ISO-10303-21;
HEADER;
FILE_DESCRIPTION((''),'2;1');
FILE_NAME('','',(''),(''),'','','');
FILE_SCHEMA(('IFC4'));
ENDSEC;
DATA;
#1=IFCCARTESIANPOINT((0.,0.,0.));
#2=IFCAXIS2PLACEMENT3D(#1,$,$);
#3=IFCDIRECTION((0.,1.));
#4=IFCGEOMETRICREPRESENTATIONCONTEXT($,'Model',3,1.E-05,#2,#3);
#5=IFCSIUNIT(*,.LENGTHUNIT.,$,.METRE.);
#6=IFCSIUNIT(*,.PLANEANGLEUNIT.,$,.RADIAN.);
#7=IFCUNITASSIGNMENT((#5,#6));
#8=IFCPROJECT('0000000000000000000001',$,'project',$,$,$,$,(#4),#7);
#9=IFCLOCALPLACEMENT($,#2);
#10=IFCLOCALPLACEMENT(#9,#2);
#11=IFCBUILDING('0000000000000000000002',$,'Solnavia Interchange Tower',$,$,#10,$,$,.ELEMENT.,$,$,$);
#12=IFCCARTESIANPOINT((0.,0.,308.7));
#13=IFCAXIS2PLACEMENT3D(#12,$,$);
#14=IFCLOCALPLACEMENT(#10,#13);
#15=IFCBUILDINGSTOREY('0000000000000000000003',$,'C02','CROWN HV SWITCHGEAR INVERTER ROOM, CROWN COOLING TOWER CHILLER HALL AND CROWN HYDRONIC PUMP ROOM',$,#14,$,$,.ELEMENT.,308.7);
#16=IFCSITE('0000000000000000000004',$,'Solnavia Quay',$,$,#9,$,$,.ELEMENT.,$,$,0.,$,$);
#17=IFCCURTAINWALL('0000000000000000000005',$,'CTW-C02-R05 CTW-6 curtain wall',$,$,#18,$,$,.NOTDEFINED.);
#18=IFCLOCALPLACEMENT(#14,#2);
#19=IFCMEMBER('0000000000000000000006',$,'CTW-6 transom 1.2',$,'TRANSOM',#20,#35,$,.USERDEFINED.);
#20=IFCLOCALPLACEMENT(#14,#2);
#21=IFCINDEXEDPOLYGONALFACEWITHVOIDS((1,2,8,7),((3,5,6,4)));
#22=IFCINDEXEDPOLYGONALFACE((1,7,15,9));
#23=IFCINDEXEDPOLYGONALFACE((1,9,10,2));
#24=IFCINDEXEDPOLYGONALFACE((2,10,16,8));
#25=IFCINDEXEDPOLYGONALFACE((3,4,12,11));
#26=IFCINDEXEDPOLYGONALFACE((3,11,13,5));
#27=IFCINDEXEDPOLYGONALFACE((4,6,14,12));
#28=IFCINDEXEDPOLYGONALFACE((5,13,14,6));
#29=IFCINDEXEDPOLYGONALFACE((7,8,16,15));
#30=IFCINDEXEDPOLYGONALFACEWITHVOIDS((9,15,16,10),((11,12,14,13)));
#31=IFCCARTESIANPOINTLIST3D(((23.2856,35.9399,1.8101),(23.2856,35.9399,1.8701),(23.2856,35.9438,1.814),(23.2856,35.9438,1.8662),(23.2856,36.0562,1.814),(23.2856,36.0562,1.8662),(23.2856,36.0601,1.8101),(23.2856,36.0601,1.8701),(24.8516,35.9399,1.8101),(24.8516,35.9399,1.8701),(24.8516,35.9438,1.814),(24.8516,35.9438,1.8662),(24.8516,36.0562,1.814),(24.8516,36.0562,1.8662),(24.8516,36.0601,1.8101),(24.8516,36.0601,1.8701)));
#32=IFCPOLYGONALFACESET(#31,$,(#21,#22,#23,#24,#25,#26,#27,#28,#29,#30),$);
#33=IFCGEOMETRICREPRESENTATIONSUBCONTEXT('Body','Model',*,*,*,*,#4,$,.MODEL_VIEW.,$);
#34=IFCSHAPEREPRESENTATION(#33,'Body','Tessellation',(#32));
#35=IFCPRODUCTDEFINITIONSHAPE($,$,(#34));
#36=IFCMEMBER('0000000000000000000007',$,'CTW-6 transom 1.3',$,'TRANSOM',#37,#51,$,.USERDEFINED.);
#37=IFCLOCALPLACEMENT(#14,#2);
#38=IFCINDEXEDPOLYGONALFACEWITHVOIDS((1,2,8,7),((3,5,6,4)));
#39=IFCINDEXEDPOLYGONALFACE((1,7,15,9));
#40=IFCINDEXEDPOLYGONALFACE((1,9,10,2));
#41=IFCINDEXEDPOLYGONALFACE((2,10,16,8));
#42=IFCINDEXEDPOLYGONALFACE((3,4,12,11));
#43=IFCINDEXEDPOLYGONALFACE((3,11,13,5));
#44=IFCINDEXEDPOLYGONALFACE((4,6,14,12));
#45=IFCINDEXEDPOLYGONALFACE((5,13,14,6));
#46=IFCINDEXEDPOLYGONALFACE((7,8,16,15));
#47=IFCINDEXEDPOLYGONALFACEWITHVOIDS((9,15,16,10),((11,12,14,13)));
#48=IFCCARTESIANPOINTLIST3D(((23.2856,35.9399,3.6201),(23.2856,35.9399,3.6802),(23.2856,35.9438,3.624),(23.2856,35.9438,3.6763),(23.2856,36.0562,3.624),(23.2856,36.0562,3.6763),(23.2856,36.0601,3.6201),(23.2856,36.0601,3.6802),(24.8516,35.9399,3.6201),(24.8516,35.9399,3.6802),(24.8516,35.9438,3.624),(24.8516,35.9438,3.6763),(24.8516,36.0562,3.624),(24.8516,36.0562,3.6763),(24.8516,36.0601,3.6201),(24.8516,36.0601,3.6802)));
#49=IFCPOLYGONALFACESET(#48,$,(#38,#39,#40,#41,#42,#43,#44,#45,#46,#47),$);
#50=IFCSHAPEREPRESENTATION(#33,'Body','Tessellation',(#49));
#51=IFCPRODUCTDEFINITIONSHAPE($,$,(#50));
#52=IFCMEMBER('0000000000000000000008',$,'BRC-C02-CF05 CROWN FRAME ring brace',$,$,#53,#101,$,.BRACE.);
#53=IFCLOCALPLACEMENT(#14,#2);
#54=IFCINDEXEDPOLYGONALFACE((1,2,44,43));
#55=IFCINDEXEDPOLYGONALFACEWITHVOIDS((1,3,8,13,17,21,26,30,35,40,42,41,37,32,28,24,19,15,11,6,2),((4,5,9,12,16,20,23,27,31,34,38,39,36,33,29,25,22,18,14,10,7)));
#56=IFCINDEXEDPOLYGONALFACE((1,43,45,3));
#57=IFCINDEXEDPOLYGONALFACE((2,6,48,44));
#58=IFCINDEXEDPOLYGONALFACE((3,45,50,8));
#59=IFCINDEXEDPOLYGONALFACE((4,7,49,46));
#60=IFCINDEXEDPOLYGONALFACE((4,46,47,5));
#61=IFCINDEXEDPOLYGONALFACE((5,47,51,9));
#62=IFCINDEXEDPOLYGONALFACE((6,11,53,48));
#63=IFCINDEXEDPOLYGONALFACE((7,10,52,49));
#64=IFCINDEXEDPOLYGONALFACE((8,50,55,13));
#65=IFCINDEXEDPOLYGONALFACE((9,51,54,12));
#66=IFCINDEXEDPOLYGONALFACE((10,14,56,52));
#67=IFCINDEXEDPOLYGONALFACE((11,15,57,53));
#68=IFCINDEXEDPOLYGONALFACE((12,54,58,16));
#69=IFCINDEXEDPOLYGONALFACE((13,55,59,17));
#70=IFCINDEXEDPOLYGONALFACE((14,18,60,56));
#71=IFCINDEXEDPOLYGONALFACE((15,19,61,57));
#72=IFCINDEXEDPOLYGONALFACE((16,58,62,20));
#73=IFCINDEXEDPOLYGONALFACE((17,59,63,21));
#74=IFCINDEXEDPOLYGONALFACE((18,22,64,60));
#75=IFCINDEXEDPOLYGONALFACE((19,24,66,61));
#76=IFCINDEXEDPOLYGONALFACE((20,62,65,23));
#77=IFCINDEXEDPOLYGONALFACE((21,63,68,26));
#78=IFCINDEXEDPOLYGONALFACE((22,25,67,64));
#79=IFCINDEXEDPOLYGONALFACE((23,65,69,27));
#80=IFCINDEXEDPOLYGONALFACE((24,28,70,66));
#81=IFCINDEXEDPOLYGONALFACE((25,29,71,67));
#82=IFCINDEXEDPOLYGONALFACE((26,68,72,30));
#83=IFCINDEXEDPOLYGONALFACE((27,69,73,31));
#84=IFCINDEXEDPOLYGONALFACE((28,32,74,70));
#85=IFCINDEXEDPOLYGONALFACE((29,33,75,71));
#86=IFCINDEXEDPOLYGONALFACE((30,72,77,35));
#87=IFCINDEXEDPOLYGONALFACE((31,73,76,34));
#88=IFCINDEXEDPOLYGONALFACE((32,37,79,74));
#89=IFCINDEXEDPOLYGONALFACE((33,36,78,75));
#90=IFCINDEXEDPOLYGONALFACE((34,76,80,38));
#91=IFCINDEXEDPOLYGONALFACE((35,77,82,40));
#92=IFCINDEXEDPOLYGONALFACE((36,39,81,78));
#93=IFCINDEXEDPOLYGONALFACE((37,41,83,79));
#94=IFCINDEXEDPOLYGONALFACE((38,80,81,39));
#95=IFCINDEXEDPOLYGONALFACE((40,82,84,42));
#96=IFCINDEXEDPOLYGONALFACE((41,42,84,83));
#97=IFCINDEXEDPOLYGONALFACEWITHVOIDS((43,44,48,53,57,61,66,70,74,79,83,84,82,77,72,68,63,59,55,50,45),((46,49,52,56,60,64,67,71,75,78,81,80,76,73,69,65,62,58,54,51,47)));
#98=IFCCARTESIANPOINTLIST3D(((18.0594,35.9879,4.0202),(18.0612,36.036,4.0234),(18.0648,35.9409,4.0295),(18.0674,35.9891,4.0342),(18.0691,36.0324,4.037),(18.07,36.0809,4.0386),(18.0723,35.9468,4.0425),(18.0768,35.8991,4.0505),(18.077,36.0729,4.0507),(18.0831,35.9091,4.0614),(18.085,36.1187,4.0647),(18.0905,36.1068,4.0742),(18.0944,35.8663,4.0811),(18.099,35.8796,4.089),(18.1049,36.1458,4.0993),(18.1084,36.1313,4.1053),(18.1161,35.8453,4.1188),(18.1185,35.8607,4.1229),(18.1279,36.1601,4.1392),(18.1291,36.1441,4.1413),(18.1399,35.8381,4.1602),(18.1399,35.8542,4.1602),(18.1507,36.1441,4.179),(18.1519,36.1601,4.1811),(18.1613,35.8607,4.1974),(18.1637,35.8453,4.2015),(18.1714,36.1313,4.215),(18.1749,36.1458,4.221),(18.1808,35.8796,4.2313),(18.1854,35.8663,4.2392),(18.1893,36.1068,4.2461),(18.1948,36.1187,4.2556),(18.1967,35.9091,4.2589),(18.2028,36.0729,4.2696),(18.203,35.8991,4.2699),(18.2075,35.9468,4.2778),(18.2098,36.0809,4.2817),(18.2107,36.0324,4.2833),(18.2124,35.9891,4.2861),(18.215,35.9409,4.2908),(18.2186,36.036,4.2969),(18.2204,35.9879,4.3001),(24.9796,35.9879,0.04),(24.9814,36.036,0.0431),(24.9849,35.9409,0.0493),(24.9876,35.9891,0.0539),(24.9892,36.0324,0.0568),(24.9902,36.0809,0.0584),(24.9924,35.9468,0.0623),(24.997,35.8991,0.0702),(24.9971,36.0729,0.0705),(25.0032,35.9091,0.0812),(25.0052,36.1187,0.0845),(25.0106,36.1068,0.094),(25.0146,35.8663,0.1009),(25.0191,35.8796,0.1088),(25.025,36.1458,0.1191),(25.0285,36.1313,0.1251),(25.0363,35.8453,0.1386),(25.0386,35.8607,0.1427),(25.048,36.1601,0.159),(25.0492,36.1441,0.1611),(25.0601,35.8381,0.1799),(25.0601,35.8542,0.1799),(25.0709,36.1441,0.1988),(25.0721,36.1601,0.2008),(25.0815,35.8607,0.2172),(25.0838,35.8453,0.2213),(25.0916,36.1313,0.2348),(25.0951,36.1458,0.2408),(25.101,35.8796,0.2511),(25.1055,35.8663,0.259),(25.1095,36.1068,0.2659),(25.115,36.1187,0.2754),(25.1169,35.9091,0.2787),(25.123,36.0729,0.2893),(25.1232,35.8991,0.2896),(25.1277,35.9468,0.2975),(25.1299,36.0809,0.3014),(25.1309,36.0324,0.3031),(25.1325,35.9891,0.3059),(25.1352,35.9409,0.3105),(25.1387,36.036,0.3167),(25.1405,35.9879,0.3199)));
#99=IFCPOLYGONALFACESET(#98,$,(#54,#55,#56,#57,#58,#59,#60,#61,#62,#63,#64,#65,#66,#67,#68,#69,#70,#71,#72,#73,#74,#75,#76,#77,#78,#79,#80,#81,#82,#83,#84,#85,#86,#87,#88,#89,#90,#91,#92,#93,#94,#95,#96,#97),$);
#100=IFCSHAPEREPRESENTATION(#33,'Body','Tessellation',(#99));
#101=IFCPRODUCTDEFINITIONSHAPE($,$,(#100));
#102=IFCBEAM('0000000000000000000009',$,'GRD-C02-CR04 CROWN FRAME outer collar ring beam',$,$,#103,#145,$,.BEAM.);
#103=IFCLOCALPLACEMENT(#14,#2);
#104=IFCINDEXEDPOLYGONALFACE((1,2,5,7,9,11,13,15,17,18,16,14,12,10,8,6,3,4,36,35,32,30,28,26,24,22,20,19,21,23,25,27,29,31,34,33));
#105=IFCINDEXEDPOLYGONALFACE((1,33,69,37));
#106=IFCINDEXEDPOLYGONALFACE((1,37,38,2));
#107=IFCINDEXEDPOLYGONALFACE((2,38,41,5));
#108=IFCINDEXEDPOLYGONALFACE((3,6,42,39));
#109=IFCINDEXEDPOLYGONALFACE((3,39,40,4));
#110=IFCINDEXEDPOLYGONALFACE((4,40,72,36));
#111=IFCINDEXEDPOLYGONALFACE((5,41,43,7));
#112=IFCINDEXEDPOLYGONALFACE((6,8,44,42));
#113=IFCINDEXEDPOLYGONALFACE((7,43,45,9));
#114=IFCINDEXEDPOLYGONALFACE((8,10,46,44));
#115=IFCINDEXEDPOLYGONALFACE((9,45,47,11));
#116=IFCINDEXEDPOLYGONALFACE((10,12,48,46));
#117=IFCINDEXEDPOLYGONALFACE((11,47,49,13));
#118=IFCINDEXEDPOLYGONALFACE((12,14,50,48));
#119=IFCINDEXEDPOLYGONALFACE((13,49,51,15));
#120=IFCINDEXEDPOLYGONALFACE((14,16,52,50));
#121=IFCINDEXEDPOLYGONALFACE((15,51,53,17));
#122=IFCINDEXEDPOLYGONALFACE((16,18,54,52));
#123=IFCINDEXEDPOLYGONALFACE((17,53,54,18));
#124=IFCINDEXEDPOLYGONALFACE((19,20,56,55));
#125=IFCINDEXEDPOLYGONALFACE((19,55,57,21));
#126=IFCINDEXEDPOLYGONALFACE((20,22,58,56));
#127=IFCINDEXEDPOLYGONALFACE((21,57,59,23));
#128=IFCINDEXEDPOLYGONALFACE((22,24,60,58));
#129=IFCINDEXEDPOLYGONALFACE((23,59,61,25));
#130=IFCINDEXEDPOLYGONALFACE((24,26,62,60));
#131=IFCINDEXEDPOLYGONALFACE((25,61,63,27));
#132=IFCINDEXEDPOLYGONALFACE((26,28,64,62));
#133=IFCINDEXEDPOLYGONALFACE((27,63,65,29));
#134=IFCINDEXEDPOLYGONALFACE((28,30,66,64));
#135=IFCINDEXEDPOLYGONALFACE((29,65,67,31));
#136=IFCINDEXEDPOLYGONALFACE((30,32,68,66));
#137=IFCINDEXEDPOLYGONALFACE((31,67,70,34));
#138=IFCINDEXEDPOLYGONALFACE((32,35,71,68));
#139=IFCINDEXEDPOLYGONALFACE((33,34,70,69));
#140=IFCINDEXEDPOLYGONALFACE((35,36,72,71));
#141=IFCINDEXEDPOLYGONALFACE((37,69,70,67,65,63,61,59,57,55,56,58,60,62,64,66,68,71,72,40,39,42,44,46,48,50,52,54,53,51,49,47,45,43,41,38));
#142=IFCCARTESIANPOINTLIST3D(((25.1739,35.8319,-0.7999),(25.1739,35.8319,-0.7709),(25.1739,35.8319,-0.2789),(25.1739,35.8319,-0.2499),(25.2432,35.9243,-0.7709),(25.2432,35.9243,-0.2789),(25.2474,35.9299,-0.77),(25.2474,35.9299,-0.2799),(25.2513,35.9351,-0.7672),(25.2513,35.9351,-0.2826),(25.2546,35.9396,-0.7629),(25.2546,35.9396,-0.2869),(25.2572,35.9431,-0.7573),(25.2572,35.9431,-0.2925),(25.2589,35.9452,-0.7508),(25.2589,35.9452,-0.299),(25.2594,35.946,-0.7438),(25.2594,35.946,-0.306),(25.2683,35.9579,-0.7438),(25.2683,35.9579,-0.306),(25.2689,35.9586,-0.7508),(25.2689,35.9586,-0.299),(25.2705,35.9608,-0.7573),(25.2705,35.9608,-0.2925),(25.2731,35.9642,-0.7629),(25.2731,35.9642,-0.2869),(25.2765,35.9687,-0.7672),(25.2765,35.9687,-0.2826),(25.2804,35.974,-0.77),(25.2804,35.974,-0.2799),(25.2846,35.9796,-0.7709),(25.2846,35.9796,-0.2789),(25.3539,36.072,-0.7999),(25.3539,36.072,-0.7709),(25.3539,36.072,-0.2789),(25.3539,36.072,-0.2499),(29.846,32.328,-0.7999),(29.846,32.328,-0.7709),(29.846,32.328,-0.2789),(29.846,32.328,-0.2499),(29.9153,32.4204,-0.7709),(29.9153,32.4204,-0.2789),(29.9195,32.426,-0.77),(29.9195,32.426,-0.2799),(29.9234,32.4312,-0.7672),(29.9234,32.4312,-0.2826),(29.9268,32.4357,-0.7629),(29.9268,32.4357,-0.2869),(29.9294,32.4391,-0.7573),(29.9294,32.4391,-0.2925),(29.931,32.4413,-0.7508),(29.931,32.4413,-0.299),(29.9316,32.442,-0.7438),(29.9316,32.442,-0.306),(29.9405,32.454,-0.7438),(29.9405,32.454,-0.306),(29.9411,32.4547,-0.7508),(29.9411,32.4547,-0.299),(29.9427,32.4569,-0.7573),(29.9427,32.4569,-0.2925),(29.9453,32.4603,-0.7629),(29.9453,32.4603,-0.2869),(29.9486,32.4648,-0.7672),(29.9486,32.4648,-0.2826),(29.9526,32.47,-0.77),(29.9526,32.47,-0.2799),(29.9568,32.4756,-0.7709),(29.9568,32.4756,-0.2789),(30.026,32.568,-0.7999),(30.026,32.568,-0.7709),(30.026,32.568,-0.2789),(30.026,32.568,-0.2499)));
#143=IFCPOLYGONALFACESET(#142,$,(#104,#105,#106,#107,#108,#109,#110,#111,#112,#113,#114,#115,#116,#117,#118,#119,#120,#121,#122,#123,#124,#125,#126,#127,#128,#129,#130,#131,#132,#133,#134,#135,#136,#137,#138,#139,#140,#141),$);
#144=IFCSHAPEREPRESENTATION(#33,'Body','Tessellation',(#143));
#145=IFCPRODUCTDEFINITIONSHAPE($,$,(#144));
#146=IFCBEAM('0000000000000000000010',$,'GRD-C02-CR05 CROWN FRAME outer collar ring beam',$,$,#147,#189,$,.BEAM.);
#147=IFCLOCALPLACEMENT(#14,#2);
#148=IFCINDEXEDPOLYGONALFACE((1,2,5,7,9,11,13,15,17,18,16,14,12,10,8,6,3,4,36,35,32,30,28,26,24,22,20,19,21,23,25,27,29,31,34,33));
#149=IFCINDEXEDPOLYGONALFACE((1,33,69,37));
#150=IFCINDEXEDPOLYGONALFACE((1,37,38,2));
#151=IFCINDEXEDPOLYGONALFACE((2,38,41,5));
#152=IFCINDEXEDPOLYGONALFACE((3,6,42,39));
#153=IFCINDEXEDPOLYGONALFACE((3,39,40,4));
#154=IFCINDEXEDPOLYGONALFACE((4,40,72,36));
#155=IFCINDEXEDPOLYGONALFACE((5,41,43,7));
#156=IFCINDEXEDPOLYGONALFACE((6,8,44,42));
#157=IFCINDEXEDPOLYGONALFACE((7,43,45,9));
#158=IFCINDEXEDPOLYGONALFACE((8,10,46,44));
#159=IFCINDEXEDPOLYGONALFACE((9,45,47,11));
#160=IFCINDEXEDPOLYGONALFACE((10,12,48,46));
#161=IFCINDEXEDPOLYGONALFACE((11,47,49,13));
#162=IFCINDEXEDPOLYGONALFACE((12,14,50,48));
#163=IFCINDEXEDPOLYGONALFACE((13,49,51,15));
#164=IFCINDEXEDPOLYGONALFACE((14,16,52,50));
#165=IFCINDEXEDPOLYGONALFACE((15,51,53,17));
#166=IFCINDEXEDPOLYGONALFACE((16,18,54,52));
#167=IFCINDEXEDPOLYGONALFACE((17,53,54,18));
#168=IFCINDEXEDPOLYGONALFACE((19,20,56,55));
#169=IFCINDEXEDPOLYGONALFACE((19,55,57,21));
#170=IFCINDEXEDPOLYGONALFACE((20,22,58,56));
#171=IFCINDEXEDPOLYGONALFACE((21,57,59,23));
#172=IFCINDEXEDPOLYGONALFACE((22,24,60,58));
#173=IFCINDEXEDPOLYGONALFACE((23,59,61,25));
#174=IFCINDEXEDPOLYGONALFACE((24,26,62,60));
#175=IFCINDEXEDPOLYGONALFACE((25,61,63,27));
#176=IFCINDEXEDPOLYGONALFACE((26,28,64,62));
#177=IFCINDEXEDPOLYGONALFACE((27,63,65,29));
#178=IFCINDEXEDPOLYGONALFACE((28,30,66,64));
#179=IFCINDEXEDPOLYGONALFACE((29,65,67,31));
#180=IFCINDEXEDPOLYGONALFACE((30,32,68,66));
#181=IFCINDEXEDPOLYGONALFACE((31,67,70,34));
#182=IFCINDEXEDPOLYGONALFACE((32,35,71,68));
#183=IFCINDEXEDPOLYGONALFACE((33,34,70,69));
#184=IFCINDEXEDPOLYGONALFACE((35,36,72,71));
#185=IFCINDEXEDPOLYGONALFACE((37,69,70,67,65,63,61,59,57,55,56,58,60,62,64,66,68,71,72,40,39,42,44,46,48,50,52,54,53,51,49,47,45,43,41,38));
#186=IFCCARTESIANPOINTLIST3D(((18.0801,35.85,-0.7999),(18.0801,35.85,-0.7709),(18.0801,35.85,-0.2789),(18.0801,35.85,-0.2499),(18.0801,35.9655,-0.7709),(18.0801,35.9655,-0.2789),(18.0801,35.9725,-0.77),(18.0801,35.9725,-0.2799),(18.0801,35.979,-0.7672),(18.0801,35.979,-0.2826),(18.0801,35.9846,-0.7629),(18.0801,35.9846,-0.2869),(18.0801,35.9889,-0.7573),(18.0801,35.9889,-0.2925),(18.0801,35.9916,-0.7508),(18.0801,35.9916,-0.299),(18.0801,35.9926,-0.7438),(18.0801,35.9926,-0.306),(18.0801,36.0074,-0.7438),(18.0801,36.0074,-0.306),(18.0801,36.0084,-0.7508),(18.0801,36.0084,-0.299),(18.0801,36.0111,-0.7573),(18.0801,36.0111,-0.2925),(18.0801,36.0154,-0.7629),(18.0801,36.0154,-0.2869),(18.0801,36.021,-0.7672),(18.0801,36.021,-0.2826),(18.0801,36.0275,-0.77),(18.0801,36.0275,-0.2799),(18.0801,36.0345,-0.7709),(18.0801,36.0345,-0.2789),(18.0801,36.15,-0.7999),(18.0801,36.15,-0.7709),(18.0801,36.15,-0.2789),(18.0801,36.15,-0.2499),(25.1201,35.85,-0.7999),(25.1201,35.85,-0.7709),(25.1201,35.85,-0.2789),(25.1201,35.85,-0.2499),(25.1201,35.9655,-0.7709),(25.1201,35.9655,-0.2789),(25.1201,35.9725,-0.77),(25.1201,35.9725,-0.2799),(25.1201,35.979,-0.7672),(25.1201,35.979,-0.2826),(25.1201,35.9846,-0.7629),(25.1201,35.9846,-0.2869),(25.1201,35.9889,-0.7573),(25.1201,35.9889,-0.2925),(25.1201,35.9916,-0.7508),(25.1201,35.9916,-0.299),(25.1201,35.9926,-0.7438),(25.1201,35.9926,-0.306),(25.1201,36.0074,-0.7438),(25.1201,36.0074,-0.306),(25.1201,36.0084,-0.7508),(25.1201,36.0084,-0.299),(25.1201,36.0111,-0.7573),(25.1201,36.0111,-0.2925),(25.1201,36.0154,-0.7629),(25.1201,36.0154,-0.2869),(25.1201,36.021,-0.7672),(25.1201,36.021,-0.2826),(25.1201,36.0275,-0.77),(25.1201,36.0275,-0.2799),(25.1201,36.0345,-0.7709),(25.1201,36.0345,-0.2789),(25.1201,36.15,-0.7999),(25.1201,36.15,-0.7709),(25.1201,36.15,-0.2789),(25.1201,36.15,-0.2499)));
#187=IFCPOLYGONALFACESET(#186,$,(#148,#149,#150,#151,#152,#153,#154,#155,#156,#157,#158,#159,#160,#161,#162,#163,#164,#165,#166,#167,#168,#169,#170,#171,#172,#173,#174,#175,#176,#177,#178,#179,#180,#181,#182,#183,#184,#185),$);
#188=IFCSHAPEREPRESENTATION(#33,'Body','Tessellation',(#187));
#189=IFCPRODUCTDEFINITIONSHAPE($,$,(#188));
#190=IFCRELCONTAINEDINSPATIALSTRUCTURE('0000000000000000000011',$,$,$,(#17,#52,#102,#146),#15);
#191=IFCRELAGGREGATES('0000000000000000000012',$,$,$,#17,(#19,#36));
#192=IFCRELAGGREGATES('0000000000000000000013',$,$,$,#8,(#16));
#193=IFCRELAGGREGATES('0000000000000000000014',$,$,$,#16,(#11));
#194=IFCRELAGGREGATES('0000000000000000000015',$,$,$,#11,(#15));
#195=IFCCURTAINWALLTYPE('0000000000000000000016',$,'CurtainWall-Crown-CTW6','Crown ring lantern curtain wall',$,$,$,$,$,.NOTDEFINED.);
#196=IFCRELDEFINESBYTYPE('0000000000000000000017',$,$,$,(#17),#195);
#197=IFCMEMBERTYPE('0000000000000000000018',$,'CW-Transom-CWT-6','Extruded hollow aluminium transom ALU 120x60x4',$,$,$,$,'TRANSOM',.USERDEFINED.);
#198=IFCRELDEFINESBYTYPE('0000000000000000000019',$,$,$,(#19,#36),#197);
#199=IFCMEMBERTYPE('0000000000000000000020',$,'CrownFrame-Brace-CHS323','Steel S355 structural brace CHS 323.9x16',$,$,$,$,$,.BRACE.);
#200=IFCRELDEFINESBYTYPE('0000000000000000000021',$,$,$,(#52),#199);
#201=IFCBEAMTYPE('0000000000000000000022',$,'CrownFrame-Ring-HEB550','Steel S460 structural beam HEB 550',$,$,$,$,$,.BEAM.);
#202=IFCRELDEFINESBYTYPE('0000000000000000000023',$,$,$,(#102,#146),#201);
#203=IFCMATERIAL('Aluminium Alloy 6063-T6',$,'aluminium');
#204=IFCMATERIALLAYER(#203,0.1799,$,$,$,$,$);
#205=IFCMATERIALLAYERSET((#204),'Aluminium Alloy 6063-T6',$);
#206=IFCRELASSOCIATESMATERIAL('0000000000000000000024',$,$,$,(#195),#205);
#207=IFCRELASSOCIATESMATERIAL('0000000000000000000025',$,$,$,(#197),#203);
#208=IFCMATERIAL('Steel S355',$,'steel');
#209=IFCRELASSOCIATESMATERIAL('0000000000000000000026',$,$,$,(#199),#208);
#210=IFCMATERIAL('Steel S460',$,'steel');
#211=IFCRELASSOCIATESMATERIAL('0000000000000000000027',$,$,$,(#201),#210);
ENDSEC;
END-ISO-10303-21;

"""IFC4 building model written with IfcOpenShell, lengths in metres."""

from ifc_helpers import new_model, si_unit, direction, frame, origin, origin_2d, place, context, subcontext, project, spatial, hollow_rectangle, hollow_circle, i_section, extrude, material, layer, layer_set, material_profile, profile_set, type_object, element, aggregate, save


model = new_model("IFC4")

# Units and contexts
model_context = context("Model", 3, precision=1e-05, world=origin(), true_north=direction((0.0, 1.0)))
body_context = subcontext(model_context, "Body", "Model", "MODEL_VIEW")
ifc_project = project(units=[si_unit("LENGTHUNIT", "METRE"), si_unit("PLANEANGLEUNIT", "RADIAN")], contexts=[model_context])

# Site, building, storey
site_placement = place(None, origin())
site = spatial("IfcSite", under=ifc_project, at=site_placement, Name="Solnavia Quay", CompositionType="ELEMENT", RefElevation=0.0)
building_placement = place(site_placement, origin())
building = spatial("IfcBuilding", under=site, at=building_placement, Name="Solnavia Interchange Tower", CompositionType="ELEMENT")
storey_placement = place(building_placement, frame((0.0, 0.0, 308.7)))
storey = spatial("IfcBuildingStorey", under=building, at=storey_placement, Name="C02", Description="CROWN HV SWITCHGEAR INVERTER ROOM, CROWN COOLING TOWER CHILLER HALL AND CROWN HYDRONIC PUMP ROOM", CompositionType="ELEMENT", Elevation=308.7)

# Shared definitions
ifc_material_1 = material(Name="Steel S460", Category="steel")

# Shared definitions
ifc_material_2 = material(Name="Aluminium Alloy 6063-T6", Category="aluminium")
ifc_layer_1 = layer(ifc_material_2, 0.1799)
ifc_layer_set_1 = layer_set([ifc_layer_1], Name="Aluminium Alloy 6063-T6")
curtain_wall_type = type_object("IfcCurtainWallType", Name="CurtainWall-Crown-CTW6", Description="Crown ring lantern curtain wall", PredefinedType="NOTDEFINED", material=ifc_layer_set_1)

# Curtain wall
curtain_wall_1_placement = place(storey_placement, origin())
curtain_wall_1 = element("IfcCurtainWall", 1, at=curtain_wall_1_placement, inside=storey, type_object=curtain_wall_type, Name="CTW-C02-R05 CTW-6 curtain wall", PredefinedType="NOTDEFINED")

# Members
ifc_material_profile_1 = material_profile(ifc_material_2, hollow_rectangle(XDim=0.0601, YDim=0.1201, WallThickness=0.0039, at=origin_2d()), Name="ALU 120x60x4")
ifc_profile_set_1 = profile_set([ifc_material_profile_1], Name="Aluminium Alloy 6063-T6")
member_type_1 = type_object("IfcMemberType", Name="CW-Transom-CWT-6", Description="Extruded hollow aluminium transom ALU 120x60x4", ElementType="TRANSOM", PredefinedType="USERDEFINED", material=ifc_profile_set_1)
member_1_placement = place(storey_placement, frame((24.8516, 36.0, 1.8401), z_axis=(-1.0, 0.0, 0.0), x_axis=(0.0, 0.0, 1.0)))
member_1 = element("IfcMember", 2, at=member_1_placement, type_object=member_type_1, Name="CTW-6 transom 1.2", ObjectType="TRANSOM", PredefinedType="USERDEFINED", context=body_context, shape_type="SweptSolid", body=[
    extrude(hollow_rectangle(XDim=0.0601, YDim=0.1201, WallThickness=0.0039, at=origin_2d()), origin(), (0.0, 0.0, 1.0), 1.5659),
])
member_2_placement = place(storey_placement, frame((24.8516, 36.0, 3.6501), z_axis=(-1.0, 0.0, 0.0), x_axis=(0.0, 0.0, 1.0)))
member_2 = element("IfcMember", 3, at=member_2_placement, type_object=member_type_1, Name="CTW-6 transom 1.3", ObjectType="TRANSOM", PredefinedType="USERDEFINED", context=body_context, shape_type="SweptSolid", body=[
    extrude(hollow_rectangle(XDim=0.0601, YDim=0.1201, WallThickness=0.0039, at=origin_2d()), origin(), (0.0, 0.0, 1.0), 1.5659),
])
ifc_material_3 = material(Name="Steel S355", Category="steel")
ifc_material_profile_2 = material_profile(ifc_material_3, hollow_circle(Radius=0.1619, WallThickness=0.0161, at=origin_2d()), Name="CHS 323.9x16")
ifc_profile_set_2 = profile_set([ifc_material_profile_2], Name="Steel S355")
member_type_2 = type_object("IfcMemberType", Name="CrownFrame-Brace-CHS323", Description="Steel S355 structural brace CHS 323.9x16", PredefinedType="BRACE", material=ifc_profile_set_2)
member_3_placement = place(storey_placement, frame((25.0601, 36.0, 0.1799), z_axis=(-0.866845, 0.0, 0.498577), x_axis=(0.0, -1.0, 0.0)))
element("IfcMember", 4, at=member_3_placement, inside=storey, type_object=member_type_2, Name="BRC-C02-CF05 CROWN FRAME ring brace", PredefinedType="BRACE", context=body_context, shape_type="SweptSolid", body=[
    extrude(hollow_circle(Radius=0.1619, WallThickness=0.0161, at=origin_2d()), origin(), (0.0, 0.0, 1.0), 7.9832),
])

# Beams
ifc_material_profile_3 = material_profile(ifc_material_1, i_section(OverallWidth=0.3, OverallDepth=0.55, WebThickness=0.0149, FlangeThickness=0.0291, FilletRadius=0.0271, at=origin_2d()), Name="HEB 550")
ifc_profile_set_3 = profile_set([ifc_material_profile_3], Name="Steel S460")
beam_type = type_object("IfcBeamType", Name="CrownFrame-Ring-HEB550", Description="Steel S460 structural beam HEB 550", PredefinedType="BEAM", material=ifc_profile_set_3)
beam_1_placement = place(storey_placement, frame((29.936, 32.448, -0.5249), z_axis=(-0.800015, 0.59998, 0.0), x_axis=(-0.59998, -0.800015, 0.0)))
element("IfcBeam", 5, at=beam_1_placement, inside=storey, type_object=beam_type, Name="GRD-C02-CR04 CROWN FRAME outer collar ring beam", PredefinedType="BEAM", context=body_context, shape_type="SweptSolid", body=[
    extrude(i_section(OverallWidth=0.3, OverallDepth=0.55, WebThickness=0.0149, FlangeThickness=0.0291, FilletRadius=0.0271, at=origin_2d()), origin(), (0.0, 0.0, 1.0), 5.8401),
])
beam_2_placement = place(storey_placement, frame((25.1201, 36.0, -0.5249), z_axis=(-1.0, 0.0, 0.0), x_axis=(0.0, -1.0, 0.0)))
element("IfcBeam", 6, at=beam_2_placement, inside=storey, type_object=beam_type, Name="GRD-C02-CR05 CROWN FRAME outer collar ring beam", PredefinedType="BEAM", context=body_context, shape_type="SweptSolid", body=[
    extrude(i_section(OverallWidth=0.3, OverallDepth=0.55, WebThickness=0.0149, FlangeThickness=0.0291, FilletRadius=0.0271, at=origin_2d()), origin(), (0.0, 0.0, 1.0), 7.04),
])

aggregate(curtain_wall_1, [member_1, member_2])

save(model, "model.ifc")
